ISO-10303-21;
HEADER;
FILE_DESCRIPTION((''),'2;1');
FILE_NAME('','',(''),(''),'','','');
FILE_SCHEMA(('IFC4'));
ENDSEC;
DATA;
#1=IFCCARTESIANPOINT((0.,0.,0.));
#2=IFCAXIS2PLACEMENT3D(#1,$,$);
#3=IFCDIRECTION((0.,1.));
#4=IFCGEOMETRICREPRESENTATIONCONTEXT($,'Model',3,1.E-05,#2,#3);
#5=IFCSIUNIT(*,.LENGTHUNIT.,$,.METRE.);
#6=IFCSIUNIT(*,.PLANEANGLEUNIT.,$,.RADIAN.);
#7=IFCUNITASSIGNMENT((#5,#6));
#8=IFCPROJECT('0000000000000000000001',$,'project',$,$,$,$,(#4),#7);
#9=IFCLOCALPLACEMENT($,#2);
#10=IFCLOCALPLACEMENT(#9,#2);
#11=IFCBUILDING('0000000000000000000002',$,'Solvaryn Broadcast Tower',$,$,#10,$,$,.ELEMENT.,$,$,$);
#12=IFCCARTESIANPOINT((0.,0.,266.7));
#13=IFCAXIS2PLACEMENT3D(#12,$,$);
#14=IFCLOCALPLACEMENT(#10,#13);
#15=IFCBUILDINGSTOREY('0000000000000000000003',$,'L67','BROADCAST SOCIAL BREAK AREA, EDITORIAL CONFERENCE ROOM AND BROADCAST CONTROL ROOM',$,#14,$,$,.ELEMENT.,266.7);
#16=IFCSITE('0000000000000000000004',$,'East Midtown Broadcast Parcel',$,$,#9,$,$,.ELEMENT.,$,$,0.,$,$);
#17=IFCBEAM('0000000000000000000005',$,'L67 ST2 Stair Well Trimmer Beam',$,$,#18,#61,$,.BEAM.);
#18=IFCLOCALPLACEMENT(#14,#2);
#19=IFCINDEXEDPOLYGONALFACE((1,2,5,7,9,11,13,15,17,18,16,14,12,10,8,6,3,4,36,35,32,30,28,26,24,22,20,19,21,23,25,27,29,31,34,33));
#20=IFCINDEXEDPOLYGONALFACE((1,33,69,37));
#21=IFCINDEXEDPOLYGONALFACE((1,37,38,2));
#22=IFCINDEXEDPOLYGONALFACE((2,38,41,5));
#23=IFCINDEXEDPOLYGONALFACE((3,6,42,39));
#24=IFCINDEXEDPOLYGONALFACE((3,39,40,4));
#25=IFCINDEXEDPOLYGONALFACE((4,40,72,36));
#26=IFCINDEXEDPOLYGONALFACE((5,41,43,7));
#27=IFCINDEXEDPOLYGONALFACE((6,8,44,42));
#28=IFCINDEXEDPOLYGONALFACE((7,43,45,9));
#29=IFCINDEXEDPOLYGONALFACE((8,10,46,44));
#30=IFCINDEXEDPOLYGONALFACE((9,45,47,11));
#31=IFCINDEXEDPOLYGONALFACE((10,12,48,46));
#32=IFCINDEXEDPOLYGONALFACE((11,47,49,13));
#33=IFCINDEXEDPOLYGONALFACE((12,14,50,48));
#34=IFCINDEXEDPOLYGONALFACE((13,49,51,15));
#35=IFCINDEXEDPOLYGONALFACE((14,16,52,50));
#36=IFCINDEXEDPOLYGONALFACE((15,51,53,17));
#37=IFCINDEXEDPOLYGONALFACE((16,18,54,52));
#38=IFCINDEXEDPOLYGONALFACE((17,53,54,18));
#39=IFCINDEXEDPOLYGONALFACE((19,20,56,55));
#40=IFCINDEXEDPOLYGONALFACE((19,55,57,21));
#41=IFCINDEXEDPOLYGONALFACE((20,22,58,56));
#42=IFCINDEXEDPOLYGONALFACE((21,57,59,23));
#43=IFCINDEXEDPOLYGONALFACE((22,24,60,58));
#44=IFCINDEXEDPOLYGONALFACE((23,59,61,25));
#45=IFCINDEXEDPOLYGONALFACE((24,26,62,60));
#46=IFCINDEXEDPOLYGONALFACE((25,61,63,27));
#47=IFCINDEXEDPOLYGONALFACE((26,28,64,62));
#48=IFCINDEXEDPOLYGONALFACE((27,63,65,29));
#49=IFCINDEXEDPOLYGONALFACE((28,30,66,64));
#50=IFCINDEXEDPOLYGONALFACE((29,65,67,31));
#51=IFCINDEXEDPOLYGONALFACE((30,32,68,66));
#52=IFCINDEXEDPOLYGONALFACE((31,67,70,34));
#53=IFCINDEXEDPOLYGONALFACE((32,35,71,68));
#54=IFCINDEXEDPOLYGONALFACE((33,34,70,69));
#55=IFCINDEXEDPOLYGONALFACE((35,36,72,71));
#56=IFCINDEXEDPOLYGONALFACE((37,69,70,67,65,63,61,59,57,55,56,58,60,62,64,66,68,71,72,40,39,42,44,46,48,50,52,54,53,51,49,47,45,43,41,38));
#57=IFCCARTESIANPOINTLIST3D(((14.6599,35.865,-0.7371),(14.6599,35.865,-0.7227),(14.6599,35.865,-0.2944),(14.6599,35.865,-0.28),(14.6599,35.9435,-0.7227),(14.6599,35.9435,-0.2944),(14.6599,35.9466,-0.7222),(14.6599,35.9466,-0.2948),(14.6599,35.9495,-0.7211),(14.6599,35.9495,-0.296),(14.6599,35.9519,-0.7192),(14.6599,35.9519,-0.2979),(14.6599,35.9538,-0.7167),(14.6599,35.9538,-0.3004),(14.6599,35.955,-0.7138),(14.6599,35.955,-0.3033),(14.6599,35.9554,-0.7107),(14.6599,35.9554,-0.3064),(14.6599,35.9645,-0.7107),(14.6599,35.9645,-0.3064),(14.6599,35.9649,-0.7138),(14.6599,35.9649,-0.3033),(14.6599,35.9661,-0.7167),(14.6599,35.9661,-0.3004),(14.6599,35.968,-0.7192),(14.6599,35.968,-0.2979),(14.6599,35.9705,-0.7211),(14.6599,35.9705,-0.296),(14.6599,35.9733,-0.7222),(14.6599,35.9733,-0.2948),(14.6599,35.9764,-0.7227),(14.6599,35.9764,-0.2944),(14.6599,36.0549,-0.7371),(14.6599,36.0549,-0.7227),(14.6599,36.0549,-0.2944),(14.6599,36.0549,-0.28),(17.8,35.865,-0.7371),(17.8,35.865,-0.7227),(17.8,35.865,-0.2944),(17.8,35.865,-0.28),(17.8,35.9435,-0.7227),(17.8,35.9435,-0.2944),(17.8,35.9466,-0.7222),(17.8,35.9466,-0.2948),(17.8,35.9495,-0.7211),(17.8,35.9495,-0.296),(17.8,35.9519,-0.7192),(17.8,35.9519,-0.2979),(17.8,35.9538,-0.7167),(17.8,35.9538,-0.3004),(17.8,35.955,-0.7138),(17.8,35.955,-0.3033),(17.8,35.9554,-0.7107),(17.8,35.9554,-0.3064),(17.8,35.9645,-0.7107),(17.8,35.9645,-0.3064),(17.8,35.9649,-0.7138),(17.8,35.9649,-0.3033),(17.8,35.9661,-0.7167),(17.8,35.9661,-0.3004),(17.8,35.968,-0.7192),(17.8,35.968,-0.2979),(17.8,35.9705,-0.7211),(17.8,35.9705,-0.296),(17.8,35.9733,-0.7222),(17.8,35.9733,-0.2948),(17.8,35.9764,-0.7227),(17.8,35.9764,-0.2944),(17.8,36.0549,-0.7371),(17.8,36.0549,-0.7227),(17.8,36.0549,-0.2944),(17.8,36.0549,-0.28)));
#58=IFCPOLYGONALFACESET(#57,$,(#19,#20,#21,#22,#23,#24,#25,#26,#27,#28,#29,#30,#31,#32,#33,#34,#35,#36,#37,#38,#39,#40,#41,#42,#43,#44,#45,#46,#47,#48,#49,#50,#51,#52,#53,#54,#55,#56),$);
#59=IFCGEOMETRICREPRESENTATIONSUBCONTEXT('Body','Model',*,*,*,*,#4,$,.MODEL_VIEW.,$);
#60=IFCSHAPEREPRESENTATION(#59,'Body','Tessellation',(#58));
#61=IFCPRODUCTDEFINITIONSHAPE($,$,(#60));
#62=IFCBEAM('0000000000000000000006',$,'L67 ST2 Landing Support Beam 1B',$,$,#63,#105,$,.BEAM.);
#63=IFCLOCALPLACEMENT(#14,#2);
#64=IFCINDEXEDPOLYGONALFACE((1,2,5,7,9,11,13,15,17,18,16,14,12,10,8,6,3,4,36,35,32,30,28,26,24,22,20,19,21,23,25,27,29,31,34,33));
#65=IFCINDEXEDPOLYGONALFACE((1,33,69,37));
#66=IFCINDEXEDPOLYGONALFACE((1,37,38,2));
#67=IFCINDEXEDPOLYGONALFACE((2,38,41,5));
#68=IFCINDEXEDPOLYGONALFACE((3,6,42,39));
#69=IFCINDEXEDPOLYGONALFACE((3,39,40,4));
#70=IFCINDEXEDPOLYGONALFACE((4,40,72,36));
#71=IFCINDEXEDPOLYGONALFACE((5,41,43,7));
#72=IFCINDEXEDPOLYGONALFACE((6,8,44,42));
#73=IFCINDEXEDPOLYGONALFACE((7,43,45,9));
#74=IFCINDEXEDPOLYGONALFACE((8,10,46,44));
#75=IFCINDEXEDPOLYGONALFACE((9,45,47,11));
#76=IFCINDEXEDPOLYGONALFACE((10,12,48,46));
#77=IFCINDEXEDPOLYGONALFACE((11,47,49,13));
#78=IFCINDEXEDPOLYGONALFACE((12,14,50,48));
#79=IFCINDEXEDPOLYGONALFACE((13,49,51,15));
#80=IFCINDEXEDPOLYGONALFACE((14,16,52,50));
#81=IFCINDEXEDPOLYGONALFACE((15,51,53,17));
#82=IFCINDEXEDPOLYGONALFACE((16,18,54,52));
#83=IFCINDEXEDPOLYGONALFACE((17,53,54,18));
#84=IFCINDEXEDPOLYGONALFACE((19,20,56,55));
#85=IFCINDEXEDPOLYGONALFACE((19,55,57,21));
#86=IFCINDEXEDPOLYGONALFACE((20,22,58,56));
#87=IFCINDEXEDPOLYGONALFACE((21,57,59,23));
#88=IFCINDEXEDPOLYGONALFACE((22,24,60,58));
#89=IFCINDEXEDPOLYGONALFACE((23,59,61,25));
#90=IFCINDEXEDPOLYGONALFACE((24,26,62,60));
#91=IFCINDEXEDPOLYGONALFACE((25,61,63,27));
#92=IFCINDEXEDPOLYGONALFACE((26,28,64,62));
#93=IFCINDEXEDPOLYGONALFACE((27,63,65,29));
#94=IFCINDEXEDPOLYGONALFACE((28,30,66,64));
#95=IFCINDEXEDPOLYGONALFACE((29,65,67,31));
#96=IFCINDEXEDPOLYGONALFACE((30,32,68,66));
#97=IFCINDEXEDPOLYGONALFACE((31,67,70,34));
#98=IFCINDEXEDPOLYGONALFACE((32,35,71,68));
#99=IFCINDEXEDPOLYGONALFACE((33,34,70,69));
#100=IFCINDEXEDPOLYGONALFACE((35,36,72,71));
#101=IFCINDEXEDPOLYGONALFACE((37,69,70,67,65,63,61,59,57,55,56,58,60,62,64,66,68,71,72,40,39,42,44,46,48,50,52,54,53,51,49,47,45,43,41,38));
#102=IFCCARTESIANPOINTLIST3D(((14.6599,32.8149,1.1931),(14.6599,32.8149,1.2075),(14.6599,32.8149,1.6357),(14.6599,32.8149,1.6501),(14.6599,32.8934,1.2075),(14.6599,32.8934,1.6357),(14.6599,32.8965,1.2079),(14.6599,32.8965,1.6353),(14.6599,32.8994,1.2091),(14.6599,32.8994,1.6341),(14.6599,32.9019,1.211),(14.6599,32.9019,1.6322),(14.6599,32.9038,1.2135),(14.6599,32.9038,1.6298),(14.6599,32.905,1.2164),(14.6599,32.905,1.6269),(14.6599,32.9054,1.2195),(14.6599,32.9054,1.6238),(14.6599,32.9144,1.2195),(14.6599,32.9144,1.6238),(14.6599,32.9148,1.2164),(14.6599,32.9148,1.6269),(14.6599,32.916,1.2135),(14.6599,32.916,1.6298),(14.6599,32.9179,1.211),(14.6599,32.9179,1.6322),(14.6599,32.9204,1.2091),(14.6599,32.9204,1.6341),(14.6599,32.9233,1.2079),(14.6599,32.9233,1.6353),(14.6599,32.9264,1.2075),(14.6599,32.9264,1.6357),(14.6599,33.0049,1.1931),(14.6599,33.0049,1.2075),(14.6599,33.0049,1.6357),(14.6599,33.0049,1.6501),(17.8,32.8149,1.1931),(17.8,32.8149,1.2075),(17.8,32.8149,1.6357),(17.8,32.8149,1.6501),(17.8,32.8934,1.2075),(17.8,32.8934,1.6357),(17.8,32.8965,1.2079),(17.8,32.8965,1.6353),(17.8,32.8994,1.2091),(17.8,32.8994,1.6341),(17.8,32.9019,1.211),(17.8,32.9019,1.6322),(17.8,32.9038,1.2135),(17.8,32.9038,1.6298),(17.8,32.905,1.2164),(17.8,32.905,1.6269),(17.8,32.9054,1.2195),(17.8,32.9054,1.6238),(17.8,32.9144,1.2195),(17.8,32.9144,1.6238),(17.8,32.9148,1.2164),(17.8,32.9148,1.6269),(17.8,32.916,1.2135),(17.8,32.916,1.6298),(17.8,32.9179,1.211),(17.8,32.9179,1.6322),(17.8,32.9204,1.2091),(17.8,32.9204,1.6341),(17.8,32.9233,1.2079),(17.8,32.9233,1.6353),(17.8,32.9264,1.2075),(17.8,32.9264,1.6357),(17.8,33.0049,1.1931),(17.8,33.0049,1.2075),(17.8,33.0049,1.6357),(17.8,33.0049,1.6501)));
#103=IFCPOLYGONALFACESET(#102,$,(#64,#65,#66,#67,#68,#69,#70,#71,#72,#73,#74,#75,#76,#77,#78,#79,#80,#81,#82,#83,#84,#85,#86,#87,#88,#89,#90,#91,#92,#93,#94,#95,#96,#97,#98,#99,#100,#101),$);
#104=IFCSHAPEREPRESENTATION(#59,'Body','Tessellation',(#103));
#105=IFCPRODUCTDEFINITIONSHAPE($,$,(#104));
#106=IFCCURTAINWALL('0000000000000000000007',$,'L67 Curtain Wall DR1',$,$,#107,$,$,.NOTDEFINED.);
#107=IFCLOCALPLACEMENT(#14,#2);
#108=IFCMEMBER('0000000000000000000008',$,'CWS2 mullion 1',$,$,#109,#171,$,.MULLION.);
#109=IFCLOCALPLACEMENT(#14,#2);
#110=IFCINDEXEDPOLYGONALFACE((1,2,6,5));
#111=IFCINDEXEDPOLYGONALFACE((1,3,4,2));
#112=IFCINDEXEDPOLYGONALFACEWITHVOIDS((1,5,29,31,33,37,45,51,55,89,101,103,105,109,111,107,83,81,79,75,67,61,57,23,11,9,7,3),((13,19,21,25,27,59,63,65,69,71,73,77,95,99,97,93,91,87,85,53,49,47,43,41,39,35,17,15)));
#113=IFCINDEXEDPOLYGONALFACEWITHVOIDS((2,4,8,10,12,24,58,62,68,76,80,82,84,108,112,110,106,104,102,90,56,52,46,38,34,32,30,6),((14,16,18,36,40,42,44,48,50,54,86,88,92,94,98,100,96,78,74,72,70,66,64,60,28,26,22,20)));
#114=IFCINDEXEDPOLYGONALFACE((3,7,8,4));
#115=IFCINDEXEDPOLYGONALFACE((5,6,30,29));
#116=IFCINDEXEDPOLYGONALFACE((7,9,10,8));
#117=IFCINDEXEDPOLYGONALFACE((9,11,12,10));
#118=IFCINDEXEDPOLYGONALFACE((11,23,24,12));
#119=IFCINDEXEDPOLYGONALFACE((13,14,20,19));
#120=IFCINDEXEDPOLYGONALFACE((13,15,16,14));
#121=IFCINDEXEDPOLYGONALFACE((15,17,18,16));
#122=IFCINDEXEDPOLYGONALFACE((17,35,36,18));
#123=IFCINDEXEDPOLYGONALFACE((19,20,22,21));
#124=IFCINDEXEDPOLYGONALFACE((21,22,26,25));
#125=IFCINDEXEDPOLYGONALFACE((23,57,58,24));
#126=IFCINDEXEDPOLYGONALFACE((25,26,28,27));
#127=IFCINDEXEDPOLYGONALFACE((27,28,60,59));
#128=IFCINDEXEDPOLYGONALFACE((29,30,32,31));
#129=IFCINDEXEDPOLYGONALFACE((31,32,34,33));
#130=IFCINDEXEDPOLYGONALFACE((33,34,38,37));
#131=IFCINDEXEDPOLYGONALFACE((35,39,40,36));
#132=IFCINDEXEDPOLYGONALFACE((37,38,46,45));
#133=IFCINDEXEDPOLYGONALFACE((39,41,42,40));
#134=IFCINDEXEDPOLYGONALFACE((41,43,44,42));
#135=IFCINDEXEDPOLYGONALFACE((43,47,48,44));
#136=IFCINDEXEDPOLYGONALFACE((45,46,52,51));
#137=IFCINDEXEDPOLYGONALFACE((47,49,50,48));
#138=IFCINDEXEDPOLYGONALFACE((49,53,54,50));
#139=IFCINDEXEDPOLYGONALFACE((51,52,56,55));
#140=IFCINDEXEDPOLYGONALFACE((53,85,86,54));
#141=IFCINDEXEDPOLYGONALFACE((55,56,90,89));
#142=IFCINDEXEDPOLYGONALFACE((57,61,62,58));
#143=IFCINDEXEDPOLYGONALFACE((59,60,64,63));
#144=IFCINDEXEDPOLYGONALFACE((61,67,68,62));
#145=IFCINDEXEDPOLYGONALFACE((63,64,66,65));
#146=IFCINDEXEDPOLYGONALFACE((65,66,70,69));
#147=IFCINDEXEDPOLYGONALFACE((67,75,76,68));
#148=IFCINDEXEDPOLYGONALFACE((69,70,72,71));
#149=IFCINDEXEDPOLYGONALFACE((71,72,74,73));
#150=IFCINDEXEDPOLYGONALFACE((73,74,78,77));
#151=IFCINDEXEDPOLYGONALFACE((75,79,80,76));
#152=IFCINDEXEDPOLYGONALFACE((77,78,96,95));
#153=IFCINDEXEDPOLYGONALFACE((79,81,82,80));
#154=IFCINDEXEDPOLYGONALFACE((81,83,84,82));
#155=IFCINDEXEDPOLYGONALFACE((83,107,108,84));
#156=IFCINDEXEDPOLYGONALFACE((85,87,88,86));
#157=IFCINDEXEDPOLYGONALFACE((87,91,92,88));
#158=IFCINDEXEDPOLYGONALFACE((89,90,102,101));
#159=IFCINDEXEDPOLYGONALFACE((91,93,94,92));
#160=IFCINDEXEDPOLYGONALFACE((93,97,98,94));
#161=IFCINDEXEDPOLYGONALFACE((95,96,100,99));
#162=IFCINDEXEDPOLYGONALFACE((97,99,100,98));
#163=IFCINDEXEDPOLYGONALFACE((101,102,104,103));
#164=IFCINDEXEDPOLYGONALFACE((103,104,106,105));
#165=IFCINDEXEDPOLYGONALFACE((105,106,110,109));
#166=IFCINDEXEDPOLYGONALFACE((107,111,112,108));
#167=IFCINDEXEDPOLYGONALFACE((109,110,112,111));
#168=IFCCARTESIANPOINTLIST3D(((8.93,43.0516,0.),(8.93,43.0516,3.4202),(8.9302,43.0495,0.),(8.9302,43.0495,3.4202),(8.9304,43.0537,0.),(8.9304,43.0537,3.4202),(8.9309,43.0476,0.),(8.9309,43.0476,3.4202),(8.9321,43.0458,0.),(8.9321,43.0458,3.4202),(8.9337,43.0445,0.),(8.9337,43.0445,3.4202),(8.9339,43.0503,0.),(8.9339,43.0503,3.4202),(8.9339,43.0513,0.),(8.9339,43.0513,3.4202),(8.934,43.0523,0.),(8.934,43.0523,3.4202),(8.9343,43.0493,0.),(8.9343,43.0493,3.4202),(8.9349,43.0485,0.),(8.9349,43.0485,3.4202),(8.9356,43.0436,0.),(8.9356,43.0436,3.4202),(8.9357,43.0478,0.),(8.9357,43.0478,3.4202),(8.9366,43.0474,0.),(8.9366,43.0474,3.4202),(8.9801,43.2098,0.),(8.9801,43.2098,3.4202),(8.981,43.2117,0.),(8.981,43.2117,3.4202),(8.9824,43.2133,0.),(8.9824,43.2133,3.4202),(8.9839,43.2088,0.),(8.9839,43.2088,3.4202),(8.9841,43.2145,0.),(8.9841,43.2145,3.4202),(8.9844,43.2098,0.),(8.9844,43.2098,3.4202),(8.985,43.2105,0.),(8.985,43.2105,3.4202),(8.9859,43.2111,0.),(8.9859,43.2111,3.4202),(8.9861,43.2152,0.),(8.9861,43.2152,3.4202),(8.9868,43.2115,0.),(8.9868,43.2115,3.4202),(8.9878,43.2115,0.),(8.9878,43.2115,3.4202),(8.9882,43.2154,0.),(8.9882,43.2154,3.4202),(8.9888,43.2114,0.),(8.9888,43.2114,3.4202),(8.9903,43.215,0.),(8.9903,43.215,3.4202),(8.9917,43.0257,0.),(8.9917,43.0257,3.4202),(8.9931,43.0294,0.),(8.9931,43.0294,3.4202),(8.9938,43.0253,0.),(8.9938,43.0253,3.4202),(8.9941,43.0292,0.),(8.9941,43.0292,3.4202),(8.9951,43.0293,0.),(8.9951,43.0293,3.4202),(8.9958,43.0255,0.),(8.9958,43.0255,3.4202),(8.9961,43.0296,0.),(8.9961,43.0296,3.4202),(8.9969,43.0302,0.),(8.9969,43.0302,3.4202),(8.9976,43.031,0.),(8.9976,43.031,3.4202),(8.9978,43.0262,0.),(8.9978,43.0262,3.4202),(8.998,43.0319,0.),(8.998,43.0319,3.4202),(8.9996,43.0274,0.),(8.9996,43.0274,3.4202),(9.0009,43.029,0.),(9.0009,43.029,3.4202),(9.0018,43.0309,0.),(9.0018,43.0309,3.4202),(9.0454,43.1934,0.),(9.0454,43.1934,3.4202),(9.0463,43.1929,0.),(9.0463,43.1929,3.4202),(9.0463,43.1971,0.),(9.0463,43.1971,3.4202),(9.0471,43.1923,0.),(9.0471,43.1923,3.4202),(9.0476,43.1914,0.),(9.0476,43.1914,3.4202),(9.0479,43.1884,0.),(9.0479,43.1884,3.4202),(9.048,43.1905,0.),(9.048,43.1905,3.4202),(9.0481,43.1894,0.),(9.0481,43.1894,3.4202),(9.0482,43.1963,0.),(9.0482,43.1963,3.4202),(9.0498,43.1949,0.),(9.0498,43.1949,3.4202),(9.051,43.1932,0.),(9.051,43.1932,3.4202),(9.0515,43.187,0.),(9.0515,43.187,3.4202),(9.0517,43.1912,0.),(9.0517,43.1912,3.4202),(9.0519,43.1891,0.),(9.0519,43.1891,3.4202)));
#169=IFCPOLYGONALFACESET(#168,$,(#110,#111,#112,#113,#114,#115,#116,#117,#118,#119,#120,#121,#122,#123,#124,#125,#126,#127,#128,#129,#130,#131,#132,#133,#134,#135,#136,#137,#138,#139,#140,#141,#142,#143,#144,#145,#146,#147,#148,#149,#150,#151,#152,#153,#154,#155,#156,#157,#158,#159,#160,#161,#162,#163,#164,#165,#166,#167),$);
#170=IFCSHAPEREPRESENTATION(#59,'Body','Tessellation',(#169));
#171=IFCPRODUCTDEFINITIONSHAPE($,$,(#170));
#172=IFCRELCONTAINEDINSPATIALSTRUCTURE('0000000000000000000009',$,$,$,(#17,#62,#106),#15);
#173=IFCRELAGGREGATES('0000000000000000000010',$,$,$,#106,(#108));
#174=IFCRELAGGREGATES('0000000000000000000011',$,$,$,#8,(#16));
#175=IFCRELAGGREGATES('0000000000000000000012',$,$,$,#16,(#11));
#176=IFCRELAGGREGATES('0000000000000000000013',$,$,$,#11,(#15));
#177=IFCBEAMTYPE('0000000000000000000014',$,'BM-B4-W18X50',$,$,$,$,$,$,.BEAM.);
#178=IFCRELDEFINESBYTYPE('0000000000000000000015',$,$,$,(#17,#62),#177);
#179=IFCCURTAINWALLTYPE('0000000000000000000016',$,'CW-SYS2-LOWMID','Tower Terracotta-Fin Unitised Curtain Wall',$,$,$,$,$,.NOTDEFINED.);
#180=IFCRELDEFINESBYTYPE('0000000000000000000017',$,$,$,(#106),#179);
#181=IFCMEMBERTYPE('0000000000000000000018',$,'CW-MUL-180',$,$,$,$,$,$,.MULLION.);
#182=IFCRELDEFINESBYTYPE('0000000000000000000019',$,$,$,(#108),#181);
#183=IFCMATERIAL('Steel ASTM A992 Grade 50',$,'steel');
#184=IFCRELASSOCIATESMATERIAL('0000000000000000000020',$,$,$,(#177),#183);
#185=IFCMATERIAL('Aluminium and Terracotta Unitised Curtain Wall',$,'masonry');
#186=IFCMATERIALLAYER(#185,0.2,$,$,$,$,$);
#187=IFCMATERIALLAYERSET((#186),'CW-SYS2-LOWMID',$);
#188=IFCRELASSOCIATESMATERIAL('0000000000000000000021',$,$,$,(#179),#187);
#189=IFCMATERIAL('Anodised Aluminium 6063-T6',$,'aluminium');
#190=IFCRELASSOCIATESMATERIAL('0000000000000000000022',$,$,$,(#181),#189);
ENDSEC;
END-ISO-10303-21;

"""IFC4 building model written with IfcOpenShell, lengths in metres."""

from ifc_helpers import new_model, si_unit, direction, frame, origin, origin_2d, place, context, subcontext, project, spatial, hollow_rectangle, i_section, extrude, material, layer, layer_set, material_profile, profile_set, type_object, element, aggregate, save


model = new_model("IFC4")

# Units and contexts
model_context = context("Model", 3, precision=1e-05, world=origin(), true_north=direction((0.0, 1.0)))
body_context = subcontext(model_context, "Body", "Model", "MODEL_VIEW")
ifc_project = project(units=[si_unit("LENGTHUNIT", "METRE"), si_unit("PLANEANGLEUNIT", "RADIAN")], contexts=[model_context])

# Site, building, storey
site_placement = place(None, origin())
site = spatial("IfcSite", under=ifc_project, at=site_placement, Name="East Midtown Broadcast Parcel", CompositionType="ELEMENT", RefElevation=0.0)
building_placement = place(site_placement, origin())
building = spatial("IfcBuilding", under=site, at=building_placement, Name="Solvaryn Broadcast Tower", CompositionType="ELEMENT")
storey_placement = place(building_placement, frame((0.0, 0.0, 266.7)))
storey = spatial("IfcBuildingStorey", under=building, at=storey_placement, Name="L67", Description="BROADCAST SOCIAL BREAK AREA, EDITORIAL CONFERENCE ROOM AND BROADCAST CONTROL ROOM", CompositionType="ELEMENT", Elevation=266.7)

# Beams
ifc_material_1 = material(Name="Steel ASTM A992 Grade 50", Category="steel")
ifc_material_profile_1 = material_profile(ifc_material_1, i_section(OverallWidth=0.1899, OverallDepth=0.457, WebThickness=0.009, FlangeThickness=0.0144, FilletRadius=0.012, at=origin_2d()))
ifc_profile_set_1 = profile_set([ifc_material_profile_1], Name="Steel ASTM A992 Grade 50")
beam_type_1 = type_object("IfcBeamType", Name="BM-B4-W18X50", PredefinedType="BEAM", material=ifc_profile_set_1)
for number, where, z_axis, x_axis, name in (
    (1, (14.6599, 35.96, -0.5085), (1.0, 0.0, 0.0), (0.0, 1.0, 0.0), "L67 ST2 Stair Well Trimmer Beam"),
    (2, (14.6599, 32.9099, 1.4216), (1.0, 0.0, 0.0), (0.0, 1.0, 0.0), "L67 ST2 Landing Support Beam 1B"),
):
    element("IfcBeam", number, at=place(storey_placement, frame(where, z_axis=z_axis, x_axis=x_axis)), inside=storey, type_object=beam_type_1, Name=name, PredefinedType="BEAM", context=body_context, shape_type="SweptSolid", body=[
        extrude(i_section(OverallWidth=0.1899, OverallDepth=0.457, WebThickness=0.009, FlangeThickness=0.0144, FilletRadius=0.012, at=origin_2d()), origin(), (0.0, 0.0, 1.0), 3.1401),
    ])

# Curtain wall, member
ifc_material_2 = material(Name="Aluminium and Terracotta Unitised Curtain Wall", Category="masonry")
ifc_layer_1 = layer(ifc_material_2, 0.2)
ifc_layer_set_1 = layer_set([ifc_layer_1], Name="CW-SYS2-LOWMID")
curtain_wall_type = type_object("IfcCurtainWallType", Name="CW-SYS2-LOWMID", Description="Tower Terracotta-Fin Unitised Curtain Wall", PredefinedType="NOTDEFINED", material=ifc_layer_set_1)
curtain_wall_1_placement = place(storey_placement, origin())
curtain_wall_1 = element("IfcCurtainWall", 3, at=curtain_wall_1_placement, inside=storey, type_object=curtain_wall_type, Name="L67 Curtain Wall DR1", PredefinedType="NOTDEFINED")
ifc_material_3 = material(Name="Anodised Aluminium 6063-T6", Category="aluminium")
ifc_material_profile_2 = material_profile(ifc_material_3, hollow_rectangle(XDim=0.075, YDim=0.1799, WallThickness=0.0039, InnerFilletRadius=0.0039, OuterFilletRadius=0.0081, at=origin_2d()))
ifc_profile_set_2 = profile_set([ifc_material_profile_2], Name="Anodised Aluminium 6063-T6")
member_type_1 = type_object("IfcMemberType", Name="CW-MUL-180", PredefinedType="MULLION", material=ifc_profile_set_2)
member_1_placement = place(storey_placement, frame((8.991, 43.1204, 0.0), z_axis=(0.0, 0.0, 1.0), x_axis=(0.952795, -0.303616, 0.0)))
member_1 = element("IfcMember", 4, at=member_1_placement, type_object=member_type_1, Name="CWS2 mullion 1", PredefinedType="MULLION", context=body_context, shape_type="SweptSolid", body=[
    extrude(hollow_rectangle(XDim=0.075, YDim=0.1799, WallThickness=0.0039, InnerFilletRadius=0.0039, OuterFilletRadius=0.0081, at=origin_2d()), origin(), (0.0, 0.0, 1.0), 3.4202),
])

aggregate(curtain_wall_1, [member_1])

save(model, "model.ifc")
